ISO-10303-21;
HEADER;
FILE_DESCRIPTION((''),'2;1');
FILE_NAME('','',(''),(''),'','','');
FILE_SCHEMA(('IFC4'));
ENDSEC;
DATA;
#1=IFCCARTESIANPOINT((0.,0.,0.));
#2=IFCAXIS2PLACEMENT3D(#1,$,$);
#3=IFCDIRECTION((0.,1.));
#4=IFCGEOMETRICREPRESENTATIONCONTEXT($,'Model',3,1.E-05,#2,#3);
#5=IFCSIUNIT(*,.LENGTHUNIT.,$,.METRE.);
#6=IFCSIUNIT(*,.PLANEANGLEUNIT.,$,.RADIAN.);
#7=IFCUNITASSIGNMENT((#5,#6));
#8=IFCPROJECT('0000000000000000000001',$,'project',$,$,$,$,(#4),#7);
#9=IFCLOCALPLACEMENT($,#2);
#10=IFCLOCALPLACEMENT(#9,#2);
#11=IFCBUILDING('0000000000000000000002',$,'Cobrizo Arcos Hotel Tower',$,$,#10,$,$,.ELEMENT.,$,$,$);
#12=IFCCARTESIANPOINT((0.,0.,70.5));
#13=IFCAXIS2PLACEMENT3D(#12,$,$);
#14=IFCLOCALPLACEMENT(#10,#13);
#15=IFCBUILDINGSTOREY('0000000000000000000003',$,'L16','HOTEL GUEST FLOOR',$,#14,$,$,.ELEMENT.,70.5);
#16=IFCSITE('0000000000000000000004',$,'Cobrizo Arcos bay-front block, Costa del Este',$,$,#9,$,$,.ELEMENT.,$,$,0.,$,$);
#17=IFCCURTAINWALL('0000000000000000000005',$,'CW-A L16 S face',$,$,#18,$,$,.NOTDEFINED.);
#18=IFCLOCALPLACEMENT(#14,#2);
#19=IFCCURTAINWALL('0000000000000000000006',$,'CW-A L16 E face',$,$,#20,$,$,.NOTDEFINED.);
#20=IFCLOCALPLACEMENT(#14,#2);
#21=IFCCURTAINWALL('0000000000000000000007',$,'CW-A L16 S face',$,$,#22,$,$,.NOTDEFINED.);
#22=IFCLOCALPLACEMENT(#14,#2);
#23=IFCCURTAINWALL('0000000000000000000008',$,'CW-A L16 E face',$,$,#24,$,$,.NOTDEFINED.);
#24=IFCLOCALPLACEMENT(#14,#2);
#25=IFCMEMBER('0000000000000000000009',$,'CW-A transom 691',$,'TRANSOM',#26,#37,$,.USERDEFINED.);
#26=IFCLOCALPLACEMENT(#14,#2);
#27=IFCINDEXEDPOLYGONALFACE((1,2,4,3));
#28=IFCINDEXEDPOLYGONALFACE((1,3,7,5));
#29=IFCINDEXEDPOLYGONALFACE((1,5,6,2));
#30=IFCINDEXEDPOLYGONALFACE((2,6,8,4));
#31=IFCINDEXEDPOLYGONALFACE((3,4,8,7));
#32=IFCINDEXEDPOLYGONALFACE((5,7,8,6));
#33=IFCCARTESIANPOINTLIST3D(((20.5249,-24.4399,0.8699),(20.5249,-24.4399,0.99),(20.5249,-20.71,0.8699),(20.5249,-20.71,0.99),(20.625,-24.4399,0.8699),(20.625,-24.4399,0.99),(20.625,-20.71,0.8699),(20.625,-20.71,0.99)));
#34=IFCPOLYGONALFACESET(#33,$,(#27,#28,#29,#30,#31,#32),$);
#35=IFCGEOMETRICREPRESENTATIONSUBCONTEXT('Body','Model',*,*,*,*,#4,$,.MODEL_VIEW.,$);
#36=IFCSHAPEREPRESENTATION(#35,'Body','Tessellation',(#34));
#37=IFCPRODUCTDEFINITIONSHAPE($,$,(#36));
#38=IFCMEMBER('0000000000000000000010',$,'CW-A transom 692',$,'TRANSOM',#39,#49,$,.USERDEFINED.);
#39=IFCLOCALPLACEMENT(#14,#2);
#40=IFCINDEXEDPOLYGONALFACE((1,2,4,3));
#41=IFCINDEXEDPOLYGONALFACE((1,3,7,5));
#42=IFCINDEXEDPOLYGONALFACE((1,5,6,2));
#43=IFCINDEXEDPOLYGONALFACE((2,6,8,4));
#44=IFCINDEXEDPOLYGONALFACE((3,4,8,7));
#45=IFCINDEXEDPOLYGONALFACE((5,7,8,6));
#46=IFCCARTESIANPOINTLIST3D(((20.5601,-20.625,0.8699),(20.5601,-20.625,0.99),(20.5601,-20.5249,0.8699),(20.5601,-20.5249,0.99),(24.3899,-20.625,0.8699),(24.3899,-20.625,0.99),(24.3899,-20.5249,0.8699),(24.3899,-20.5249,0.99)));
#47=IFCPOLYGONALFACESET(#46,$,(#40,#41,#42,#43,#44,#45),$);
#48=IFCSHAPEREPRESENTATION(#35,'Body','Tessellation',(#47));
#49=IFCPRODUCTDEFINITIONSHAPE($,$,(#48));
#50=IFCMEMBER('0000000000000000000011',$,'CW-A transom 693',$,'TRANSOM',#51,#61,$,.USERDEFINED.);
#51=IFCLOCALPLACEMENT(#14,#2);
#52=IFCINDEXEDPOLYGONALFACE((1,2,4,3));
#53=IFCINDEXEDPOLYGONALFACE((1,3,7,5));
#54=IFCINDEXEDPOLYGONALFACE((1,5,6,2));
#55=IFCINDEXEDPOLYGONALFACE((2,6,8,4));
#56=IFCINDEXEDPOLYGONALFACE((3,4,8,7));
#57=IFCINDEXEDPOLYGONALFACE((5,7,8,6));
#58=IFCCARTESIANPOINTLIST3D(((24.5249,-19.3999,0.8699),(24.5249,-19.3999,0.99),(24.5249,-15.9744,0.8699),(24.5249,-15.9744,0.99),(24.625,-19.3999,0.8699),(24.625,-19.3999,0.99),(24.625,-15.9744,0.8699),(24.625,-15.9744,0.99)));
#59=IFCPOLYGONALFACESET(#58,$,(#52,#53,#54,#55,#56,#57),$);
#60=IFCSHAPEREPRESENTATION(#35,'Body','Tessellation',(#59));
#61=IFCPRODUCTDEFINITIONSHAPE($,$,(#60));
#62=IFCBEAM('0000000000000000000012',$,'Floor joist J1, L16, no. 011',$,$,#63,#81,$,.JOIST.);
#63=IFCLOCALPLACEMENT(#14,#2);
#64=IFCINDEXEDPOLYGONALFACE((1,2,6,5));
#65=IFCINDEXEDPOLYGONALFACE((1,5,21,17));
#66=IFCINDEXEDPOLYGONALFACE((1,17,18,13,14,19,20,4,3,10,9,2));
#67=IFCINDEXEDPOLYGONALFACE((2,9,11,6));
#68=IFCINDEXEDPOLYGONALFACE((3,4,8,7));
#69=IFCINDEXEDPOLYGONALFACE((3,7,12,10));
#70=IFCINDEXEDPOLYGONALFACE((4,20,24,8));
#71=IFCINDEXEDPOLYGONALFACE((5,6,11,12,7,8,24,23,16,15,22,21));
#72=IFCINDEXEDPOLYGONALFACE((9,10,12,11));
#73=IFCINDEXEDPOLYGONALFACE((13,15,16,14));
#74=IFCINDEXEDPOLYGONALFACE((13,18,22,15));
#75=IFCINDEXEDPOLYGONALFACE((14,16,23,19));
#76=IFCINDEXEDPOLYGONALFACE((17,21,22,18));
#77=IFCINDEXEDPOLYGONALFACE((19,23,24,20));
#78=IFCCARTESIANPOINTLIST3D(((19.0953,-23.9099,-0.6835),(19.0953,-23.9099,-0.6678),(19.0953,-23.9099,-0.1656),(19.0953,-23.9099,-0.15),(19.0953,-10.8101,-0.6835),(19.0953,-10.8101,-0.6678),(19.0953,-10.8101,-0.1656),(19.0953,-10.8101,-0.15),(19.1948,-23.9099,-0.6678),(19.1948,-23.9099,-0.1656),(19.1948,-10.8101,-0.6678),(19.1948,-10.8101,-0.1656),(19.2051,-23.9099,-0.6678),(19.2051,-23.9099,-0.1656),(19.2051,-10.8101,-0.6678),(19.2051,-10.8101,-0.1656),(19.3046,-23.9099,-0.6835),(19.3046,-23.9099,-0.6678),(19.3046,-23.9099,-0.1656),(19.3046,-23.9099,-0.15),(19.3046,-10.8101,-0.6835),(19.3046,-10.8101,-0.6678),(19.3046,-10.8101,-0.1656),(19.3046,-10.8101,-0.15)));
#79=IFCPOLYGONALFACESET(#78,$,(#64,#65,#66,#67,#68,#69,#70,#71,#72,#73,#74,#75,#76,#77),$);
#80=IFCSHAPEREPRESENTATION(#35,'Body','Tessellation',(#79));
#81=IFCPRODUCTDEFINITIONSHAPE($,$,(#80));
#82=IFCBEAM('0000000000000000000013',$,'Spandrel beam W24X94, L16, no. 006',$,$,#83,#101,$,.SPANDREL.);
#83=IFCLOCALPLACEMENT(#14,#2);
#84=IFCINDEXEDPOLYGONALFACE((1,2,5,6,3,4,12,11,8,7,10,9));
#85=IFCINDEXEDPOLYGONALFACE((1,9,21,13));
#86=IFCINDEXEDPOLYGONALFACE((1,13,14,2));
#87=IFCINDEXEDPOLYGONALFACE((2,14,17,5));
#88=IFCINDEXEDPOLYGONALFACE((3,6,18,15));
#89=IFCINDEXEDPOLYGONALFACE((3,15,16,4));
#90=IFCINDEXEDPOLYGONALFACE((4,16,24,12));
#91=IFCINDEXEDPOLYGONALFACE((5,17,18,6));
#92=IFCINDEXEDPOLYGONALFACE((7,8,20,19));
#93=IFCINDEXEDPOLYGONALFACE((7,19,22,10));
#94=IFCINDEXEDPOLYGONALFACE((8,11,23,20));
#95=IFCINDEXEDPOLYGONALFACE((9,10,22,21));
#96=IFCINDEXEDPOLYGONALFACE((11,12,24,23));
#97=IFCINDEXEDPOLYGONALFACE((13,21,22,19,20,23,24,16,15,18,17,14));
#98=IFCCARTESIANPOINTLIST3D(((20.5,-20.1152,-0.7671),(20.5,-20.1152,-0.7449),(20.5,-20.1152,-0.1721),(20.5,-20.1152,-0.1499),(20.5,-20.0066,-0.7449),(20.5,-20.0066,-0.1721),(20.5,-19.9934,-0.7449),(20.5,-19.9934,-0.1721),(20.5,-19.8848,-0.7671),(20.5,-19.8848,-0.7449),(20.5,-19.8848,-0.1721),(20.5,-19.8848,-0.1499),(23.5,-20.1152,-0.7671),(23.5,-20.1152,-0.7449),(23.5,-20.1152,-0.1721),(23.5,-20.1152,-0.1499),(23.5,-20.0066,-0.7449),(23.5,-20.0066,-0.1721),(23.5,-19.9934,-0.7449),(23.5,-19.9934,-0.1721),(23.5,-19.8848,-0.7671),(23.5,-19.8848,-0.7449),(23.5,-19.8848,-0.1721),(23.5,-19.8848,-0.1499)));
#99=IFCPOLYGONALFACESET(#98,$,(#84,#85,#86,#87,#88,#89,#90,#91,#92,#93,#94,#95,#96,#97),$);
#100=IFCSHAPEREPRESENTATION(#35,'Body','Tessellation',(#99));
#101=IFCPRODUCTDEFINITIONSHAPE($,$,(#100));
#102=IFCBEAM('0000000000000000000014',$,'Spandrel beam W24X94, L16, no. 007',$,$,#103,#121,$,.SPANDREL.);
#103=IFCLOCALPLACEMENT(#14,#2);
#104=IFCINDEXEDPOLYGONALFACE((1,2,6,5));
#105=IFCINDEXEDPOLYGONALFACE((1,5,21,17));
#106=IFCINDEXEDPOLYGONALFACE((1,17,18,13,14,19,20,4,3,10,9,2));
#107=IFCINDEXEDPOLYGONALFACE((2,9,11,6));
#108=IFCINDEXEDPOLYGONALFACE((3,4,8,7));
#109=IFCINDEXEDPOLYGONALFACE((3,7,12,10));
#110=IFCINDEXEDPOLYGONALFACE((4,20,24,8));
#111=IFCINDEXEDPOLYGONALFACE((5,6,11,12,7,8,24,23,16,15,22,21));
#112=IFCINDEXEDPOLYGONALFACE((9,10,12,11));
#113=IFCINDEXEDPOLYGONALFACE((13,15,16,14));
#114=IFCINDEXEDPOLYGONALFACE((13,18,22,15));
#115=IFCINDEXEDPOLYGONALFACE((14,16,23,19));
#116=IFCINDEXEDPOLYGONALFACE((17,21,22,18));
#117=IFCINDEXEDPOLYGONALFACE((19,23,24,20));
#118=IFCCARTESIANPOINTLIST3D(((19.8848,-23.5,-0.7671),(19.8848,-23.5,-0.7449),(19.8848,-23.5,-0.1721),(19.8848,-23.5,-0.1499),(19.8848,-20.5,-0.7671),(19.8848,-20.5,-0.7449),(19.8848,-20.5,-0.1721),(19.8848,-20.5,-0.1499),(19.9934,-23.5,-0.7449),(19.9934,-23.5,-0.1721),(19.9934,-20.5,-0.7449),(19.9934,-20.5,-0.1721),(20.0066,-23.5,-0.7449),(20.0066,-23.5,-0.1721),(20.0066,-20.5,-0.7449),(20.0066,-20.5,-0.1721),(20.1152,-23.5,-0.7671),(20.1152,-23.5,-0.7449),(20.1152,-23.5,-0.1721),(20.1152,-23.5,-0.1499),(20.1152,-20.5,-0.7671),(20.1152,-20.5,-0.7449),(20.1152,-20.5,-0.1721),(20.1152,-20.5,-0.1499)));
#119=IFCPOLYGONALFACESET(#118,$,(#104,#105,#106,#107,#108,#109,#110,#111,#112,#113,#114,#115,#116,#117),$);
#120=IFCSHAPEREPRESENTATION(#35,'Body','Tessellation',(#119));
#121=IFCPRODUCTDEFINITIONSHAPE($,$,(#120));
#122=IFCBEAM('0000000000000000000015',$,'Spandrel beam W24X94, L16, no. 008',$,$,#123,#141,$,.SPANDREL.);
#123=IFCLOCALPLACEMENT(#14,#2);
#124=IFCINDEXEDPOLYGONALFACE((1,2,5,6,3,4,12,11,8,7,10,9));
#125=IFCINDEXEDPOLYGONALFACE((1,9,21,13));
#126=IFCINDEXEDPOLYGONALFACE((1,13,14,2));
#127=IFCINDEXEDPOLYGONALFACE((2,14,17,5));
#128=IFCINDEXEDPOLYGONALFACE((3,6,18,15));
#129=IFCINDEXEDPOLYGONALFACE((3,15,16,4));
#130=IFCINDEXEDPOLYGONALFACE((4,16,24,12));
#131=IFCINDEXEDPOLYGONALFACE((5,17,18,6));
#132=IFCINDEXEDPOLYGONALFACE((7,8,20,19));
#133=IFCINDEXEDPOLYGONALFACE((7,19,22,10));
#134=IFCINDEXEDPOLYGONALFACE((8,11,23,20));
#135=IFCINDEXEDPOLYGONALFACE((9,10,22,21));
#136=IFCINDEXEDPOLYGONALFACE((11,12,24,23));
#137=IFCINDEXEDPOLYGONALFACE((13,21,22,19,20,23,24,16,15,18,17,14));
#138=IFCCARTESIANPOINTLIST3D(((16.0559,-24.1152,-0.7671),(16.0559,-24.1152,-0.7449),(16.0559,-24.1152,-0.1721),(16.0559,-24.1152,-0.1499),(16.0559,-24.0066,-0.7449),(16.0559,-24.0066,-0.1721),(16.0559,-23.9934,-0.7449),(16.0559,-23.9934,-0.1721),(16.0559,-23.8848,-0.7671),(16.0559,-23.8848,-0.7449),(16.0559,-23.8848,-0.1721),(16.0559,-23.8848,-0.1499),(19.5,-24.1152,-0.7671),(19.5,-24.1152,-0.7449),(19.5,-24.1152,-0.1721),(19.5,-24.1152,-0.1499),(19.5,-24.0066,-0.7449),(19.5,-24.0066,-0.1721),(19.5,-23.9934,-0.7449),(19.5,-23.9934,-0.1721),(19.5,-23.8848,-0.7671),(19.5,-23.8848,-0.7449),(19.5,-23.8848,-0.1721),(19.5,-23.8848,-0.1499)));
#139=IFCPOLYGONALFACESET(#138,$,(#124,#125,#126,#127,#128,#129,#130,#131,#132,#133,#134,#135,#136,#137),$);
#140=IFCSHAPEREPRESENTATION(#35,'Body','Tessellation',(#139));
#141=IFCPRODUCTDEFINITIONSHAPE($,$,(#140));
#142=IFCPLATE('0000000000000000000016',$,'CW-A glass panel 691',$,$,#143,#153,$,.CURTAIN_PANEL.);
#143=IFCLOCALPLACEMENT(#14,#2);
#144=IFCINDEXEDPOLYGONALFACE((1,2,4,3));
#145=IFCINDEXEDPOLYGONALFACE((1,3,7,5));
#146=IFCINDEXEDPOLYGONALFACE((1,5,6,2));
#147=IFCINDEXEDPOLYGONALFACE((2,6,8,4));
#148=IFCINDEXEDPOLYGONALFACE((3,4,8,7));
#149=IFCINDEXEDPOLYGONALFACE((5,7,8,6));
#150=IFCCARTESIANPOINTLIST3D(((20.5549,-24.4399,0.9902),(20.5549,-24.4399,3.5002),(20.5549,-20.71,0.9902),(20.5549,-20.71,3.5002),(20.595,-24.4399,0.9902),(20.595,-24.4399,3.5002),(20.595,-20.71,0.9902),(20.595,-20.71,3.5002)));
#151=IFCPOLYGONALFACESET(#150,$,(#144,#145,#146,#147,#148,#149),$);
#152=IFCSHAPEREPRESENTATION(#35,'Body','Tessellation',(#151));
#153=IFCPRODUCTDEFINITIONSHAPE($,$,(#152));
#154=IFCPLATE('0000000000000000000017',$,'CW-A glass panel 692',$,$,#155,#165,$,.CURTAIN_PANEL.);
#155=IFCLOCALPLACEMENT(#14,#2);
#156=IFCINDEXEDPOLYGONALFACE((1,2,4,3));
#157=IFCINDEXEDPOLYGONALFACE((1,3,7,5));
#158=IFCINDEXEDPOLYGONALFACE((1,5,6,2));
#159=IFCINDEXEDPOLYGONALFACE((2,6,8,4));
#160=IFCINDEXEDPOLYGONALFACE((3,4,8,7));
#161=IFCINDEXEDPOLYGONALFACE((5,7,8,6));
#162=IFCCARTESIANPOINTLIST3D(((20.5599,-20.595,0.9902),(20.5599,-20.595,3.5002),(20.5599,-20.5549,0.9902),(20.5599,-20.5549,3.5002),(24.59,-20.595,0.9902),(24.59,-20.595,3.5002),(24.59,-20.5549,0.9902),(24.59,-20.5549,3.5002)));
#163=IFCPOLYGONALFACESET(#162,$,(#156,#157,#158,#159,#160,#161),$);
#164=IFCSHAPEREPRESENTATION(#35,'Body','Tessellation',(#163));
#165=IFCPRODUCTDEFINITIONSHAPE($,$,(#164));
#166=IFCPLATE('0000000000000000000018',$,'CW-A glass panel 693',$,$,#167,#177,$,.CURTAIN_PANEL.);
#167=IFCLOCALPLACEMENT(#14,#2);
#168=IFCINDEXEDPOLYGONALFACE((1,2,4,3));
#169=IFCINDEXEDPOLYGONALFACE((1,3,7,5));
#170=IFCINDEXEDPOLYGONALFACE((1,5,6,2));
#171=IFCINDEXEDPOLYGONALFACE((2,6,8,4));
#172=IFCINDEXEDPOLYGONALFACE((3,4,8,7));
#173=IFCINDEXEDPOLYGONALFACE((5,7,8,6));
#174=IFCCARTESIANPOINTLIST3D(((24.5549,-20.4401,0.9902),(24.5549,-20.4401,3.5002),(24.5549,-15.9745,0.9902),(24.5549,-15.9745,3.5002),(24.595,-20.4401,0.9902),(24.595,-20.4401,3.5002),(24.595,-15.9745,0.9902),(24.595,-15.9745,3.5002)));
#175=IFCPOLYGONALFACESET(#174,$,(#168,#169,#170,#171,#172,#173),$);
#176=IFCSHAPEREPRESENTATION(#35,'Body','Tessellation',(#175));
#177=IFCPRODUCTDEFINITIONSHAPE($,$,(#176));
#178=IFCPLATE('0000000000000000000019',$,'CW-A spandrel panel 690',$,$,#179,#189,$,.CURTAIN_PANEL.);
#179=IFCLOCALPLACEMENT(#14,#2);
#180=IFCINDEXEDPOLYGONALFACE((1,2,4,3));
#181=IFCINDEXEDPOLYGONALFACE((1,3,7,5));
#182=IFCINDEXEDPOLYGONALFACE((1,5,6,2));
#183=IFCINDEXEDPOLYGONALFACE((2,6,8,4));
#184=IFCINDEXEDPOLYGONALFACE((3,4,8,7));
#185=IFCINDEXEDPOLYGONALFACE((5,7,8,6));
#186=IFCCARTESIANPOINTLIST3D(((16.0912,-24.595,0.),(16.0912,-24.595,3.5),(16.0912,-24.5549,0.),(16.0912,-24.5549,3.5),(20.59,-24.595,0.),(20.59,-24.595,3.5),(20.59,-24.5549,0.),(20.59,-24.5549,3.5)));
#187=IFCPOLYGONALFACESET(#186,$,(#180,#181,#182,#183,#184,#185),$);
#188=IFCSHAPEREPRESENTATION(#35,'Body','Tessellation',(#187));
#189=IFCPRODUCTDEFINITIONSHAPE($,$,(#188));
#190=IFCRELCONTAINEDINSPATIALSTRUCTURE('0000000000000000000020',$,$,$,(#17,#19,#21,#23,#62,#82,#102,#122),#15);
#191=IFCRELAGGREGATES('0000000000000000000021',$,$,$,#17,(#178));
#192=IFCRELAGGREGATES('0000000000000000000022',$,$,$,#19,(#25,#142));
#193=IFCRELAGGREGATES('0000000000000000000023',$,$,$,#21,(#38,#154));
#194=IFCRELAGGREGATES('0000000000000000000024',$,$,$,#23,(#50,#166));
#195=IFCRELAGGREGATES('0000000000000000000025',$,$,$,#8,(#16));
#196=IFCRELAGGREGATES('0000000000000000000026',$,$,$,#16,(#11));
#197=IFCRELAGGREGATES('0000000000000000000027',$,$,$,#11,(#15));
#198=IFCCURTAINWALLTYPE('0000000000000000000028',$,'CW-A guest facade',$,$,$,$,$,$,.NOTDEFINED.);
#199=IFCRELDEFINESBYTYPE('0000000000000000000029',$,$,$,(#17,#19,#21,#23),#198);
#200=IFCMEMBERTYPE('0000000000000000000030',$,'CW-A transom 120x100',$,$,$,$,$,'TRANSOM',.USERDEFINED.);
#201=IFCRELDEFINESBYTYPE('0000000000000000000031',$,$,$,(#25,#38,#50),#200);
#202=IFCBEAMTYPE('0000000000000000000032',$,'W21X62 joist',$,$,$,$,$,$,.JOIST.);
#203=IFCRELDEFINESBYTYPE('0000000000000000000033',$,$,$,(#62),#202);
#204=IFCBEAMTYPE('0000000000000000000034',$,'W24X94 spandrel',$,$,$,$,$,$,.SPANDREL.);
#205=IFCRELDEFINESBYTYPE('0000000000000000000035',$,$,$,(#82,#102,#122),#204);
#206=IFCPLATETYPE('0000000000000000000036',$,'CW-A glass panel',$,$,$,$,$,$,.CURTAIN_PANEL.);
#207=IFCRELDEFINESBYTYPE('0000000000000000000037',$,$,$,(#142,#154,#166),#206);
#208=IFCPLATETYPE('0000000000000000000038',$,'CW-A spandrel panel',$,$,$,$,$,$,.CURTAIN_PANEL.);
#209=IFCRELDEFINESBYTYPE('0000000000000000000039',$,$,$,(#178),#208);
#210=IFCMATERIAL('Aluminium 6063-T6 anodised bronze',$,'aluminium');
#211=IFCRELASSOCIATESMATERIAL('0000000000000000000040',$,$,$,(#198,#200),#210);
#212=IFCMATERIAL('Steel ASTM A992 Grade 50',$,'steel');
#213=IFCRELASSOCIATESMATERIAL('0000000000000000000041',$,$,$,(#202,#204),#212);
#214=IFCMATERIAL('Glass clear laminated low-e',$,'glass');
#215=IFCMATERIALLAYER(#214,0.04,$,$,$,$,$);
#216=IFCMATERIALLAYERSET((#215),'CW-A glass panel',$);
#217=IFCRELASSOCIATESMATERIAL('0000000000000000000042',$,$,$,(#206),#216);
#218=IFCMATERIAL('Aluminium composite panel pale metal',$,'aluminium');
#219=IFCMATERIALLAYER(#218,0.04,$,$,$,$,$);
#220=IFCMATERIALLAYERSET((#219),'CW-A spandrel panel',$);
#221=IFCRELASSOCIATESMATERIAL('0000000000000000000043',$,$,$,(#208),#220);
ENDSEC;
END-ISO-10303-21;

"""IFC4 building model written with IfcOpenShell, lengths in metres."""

from ifc_helpers import new_model, si_unit, direction, frame, origin, origin_2d, place, context, subcontext, project, spatial, rectangle, i_section, extrude, material, layer, layer_set, material_profile, profile_set, type_object, element, aggregate, save


model = new_model("IFC4")

# Units and contexts
model_context = context("Model", 3, precision=1e-05, world=origin(), true_north=direction((0.0, 1.0)))
body_context = subcontext(model_context, "Body", "Model", "MODEL_VIEW")
ifc_project = project(units=[si_unit("LENGTHUNIT", "METRE"), si_unit("PLANEANGLEUNIT", "RADIAN")], contexts=[model_context])

# Site, building, storey
site_placement = place(None, origin())
site = spatial("IfcSite", under=ifc_project, at=site_placement, Name="Cobrizo Arcos bay-front block, Costa del Este", CompositionType="ELEMENT", RefElevation=0.0)
building_placement = place(site_placement, origin())
building = spatial("IfcBuilding", under=site, at=building_placement, Name="Cobrizo Arcos Hotel Tower", CompositionType="ELEMENT")
storey_placement = place(building_placement, frame((0.0, 0.0, 70.5)))
storey = spatial("IfcBuildingStorey", under=building, at=storey_placement, Name="L16", Description="HOTEL GUEST FLOOR", CompositionType="ELEMENT", Elevation=70.5)

# Curtain walls
ifc_material_1 = material(Name="Aluminium 6063-T6 anodised bronze", Category="aluminium")
curtain_wall_type = type_object("IfcCurtainWallType", Name="CW-A guest facade", PredefinedType="NOTDEFINED", material=ifc_material_1)
curtain_wall_1_placement = place(storey_placement, origin())
curtain_wall_1 = element("IfcCurtainWall", 1, at=curtain_wall_1_placement, inside=storey, type_object=curtain_wall_type, Name="CW-A L16 S face", PredefinedType="NOTDEFINED")
curtain_wall_2_placement = place(storey_placement, origin())
curtain_wall_2 = element("IfcCurtainWall", 2, at=curtain_wall_2_placement, inside=storey, type_object=curtain_wall_type, Name="CW-A L16 E face", PredefinedType="NOTDEFINED")
curtain_wall_3_placement = place(storey_placement, origin())
curtain_wall_3 = element("IfcCurtainWall", 3, at=curtain_wall_3_placement, inside=storey, type_object=curtain_wall_type, Name="CW-A L16 S face", PredefinedType="NOTDEFINED")

# Curtain wall
curtain_wall_4_placement = place(storey_placement, origin())
curtain_wall_4 = element("IfcCurtainWall", 4, at=curtain_wall_4_placement, inside=storey, type_object=curtain_wall_type, Name="CW-A L16 E face", PredefinedType="NOTDEFINED")

# Members
ifc_material_profile_1 = material_profile(ifc_material_1, rectangle(XDim=0.1001, YDim=0.1201, at=origin_2d()), Name="CW-A transom 120x100")
ifc_profile_set_1 = profile_set([ifc_material_profile_1], Name="Aluminium 6063-T6 anodised bronze")
member_type_1 = type_object("IfcMemberType", Name="CW-A transom 120x100", ElementType="TRANSOM", PredefinedType="USERDEFINED", material=ifc_profile_set_1)
member_1_placement = place(storey_placement, frame((20.575, -24.4399, 0.9299), z_axis=(0.0, 1.0, 0.0), x_axis=(-1.0, 0.0, 0.0)))
member_1 = element("IfcMember", 5, at=member_1_placement, type_object=member_type_1, Name="CW-A transom 691", ObjectType="TRANSOM", PredefinedType="USERDEFINED", context=body_context, shape_type="SweptSolid", body=[
    extrude(rectangle(XDim=0.1001, YDim=0.1201, at=origin_2d()), origin(), (0.0, 0.0, 1.0), 3.73),
])
member_2_placement = place(storey_placement, frame((20.5601, -20.575, 0.9299), z_axis=(1.0, 0.0, 0.0), x_axis=(0.0, 1.0, 0.0)))
member_2 = element("IfcMember", 6, at=member_2_placement, type_object=member_type_1, Name="CW-A transom 692", ObjectType="TRANSOM", PredefinedType="USERDEFINED", context=body_context, shape_type="SweptSolid", body=[
    extrude(rectangle(XDim=0.1001, YDim=0.1201, at=origin_2d()), origin(), (0.0, 0.0, 1.0), 3.8298),
])
member_3_placement = place(storey_placement, frame((24.575, -19.3999, 0.9299), z_axis=(0.0, 1.0, 0.0), x_axis=(-1.0, 0.0, 0.0)))
member_3 = element("IfcMember", 7, at=member_3_placement, type_object=member_type_1, Name="CW-A transom 693", ObjectType="TRANSOM", PredefinedType="USERDEFINED", context=body_context, shape_type="SweptSolid", body=[
    extrude(rectangle(XDim=0.1001, YDim=0.1201, at=origin_2d()), origin(), (0.0, 0.0, 1.0), 3.4255),
])

# Beams
ifc_material_2 = material(Name="Steel ASTM A992 Grade 50", Category="steel")
ifc_material_profile_2 = material_profile(ifc_material_2, i_section(OverallWidth=0.2092, OverallDepth=0.5334, WebThickness=0.0103, FlangeThickness=0.0156, at=origin_2d()), Name="W21X62")
ifc_profile_set_2 = profile_set([ifc_material_profile_2], Name="Steel ASTM A992 Grade 50")
beam_type_1 = type_object("IfcBeamType", Name="W21X62 joist", PredefinedType="JOIST", material=ifc_profile_set_2)
beam_1_placement = place(storey_placement, frame((19.2, -23.9099, -0.4167), z_axis=(0.0, 1.0, 0.0), x_axis=(-1.0, 0.0, 0.0)))
element("IfcBeam", 8, at=beam_1_placement, inside=storey, type_object=beam_type_1, Name="Floor joist J1, L16, no. 011", PredefinedType="JOIST", context=body_context, shape_type="SweptSolid", body=[
    extrude(i_section(OverallWidth=0.2092, OverallDepth=0.5334, WebThickness=0.0103, FlangeThickness=0.0156, at=origin_2d()), origin(), (0.0, 0.0, 1.0), 13.0999),
])
ifc_material_profile_3 = material_profile(ifc_material_2, i_section(OverallWidth=0.2305, OverallDepth=0.6172, WebThickness=0.0132, FlangeThickness=0.0222, at=origin_2d()), Name="W24X94")
ifc_profile_set_3 = profile_set([ifc_material_profile_3], Name="Steel ASTM A992 Grade 50")
beam_type_2 = type_object("IfcBeamType", Name="W24X94 spandrel", PredefinedType="SPANDREL", material=ifc_profile_set_3)
for number, where, z_axis, x_axis, name in (
    (9, (23.5, -20.0, -0.4585), (-1.0, 0.0, 0.0), (0.0, -1.0, 0.0), "Spandrel beam W24X94, L16, no. 006"),
    (10, (20.0, -20.5, -0.4585), (0.0, -1.0, 0.0), (1.0, 0.0, 0.0), "Spandrel beam W24X94, L16, no. 007"),
):
    element("IfcBeam", number, at=place(storey_placement, frame(where, z_axis=z_axis, x_axis=x_axis)), inside=storey, type_object=beam_type_2, Name=name, PredefinedType="SPANDREL", context=body_context, shape_type="SweptSolid", body=[
        extrude(i_section(OverallWidth=0.2305, OverallDepth=0.6172, WebThickness=0.0132, FlangeThickness=0.0222, at=origin_2d()), origin(), (0.0, 0.0, 1.0), 3.0),
    ])
beam_2_placement = place(storey_placement, frame((19.5, -24.0, -0.4585), z_axis=(-1.0, 0.0, 0.0), x_axis=(0.0, -1.0, 0.0)))
element("IfcBeam", 11, at=beam_2_placement, inside=storey, type_object=beam_type_2, Name="Spandrel beam W24X94, L16, no. 008", PredefinedType="SPANDREL", context=body_context, shape_type="SweptSolid", body=[
    extrude(i_section(OverallWidth=0.2305, OverallDepth=0.6172, WebThickness=0.0132, FlangeThickness=0.0222, at=origin_2d()), origin(), (0.0, 0.0, 1.0), 3.4441),
])

# Plates
ifc_material_3 = material(Name="Glass clear laminated low-e", Category="glass")
ifc_layer_1 = layer(ifc_material_3, 0.04)
ifc_layer_set_1 = layer_set([ifc_layer_1], Name="CW-A glass panel")
plate_type_1 = type_object("IfcPlateType", Name="CW-A glass panel", PredefinedType="CURTAIN_PANEL", material=ifc_layer_set_1)
plate_1_placement = place(storey_placement, frame((20.575, -22.575, 0.9902), z_axis=(0.0, 0.0, 1.0), x_axis=(0.0, 1.0, 0.0)))
plate_1 = element("IfcPlate", 12, at=plate_1_placement, type_object=plate_type_1, Name="CW-A glass panel 691", PredefinedType="CURTAIN_PANEL", context=body_context, shape_type="SweptSolid", body=[
    extrude(rectangle(XDim=3.73, YDim=0.04, at=origin_2d()), origin(), (0.0, 0.0, 1.0), 2.51),
])
plate_2_placement = place(storey_placement, frame((22.575, -20.575, 0.9902), z_axis=(0.0, 0.0, 1.0), x_axis=(1.0, 0.0, 0.0)))
plate_2 = element("IfcPlate", 13, at=plate_2_placement, type_object=plate_type_1, Name="CW-A glass panel 692", PredefinedType="CURTAIN_PANEL", context=body_context, shape_type="SweptSolid", body=[
    extrude(rectangle(XDim=4.03, YDim=0.04, at=origin_2d()), origin(), (0.0, 0.0, 1.0), 2.51),
])
plate_3_placement = place(storey_placement, frame((24.575, -18.2073, 0.9902), z_axis=(0.0, 0.0, 1.0), x_axis=(0.0, 1.0, 0.0)))
plate_3 = element("IfcPlate", 14, at=plate_3_placement, type_object=plate_type_1, Name="CW-A glass panel 693", PredefinedType="CURTAIN_PANEL", context=body_context, shape_type="SweptSolid", body=[
    extrude(rectangle(XDim=4.4656, YDim=0.04, at=origin_2d()), origin(), (0.0, 0.0, 1.0), 2.51),
])
ifc_material_4 = material(Name="Aluminium composite panel pale metal", Category="aluminium")
ifc_layer_2 = layer(ifc_material_4, 0.04)
ifc_layer_set_2 = layer_set([ifc_layer_2], Name="CW-A spandrel panel")
plate_type_2 = type_object("IfcPlateType", Name="CW-A spandrel panel", PredefinedType="CURTAIN_PANEL", material=ifc_layer_set_2)
plate_4_placement = place(storey_placement, frame((18.3406, -24.575, 0.0), z_axis=(0.0, 0.0, 1.0), x_axis=(1.0, 0.0, 0.0)))
plate_4 = element("IfcPlate", 15, at=plate_4_placement, type_object=plate_type_2, Name="CW-A spandrel panel 690", PredefinedType="CURTAIN_PANEL", context=body_context, shape_type="SweptSolid", body=[
    extrude(rectangle(XDim=4.4988, YDim=0.04, at=origin_2d()), origin(), (0.0, 0.0, 1.0), 3.5),
])
aggregate(curtain_wall_1, [plate_4])
aggregate(curtain_wall_2, [member_1, plate_1])
aggregate(curtain_wall_3, [member_2, plate_2])
aggregate(curtain_wall_4, [member_3, plate_3])

save(model, "model.ifc")
